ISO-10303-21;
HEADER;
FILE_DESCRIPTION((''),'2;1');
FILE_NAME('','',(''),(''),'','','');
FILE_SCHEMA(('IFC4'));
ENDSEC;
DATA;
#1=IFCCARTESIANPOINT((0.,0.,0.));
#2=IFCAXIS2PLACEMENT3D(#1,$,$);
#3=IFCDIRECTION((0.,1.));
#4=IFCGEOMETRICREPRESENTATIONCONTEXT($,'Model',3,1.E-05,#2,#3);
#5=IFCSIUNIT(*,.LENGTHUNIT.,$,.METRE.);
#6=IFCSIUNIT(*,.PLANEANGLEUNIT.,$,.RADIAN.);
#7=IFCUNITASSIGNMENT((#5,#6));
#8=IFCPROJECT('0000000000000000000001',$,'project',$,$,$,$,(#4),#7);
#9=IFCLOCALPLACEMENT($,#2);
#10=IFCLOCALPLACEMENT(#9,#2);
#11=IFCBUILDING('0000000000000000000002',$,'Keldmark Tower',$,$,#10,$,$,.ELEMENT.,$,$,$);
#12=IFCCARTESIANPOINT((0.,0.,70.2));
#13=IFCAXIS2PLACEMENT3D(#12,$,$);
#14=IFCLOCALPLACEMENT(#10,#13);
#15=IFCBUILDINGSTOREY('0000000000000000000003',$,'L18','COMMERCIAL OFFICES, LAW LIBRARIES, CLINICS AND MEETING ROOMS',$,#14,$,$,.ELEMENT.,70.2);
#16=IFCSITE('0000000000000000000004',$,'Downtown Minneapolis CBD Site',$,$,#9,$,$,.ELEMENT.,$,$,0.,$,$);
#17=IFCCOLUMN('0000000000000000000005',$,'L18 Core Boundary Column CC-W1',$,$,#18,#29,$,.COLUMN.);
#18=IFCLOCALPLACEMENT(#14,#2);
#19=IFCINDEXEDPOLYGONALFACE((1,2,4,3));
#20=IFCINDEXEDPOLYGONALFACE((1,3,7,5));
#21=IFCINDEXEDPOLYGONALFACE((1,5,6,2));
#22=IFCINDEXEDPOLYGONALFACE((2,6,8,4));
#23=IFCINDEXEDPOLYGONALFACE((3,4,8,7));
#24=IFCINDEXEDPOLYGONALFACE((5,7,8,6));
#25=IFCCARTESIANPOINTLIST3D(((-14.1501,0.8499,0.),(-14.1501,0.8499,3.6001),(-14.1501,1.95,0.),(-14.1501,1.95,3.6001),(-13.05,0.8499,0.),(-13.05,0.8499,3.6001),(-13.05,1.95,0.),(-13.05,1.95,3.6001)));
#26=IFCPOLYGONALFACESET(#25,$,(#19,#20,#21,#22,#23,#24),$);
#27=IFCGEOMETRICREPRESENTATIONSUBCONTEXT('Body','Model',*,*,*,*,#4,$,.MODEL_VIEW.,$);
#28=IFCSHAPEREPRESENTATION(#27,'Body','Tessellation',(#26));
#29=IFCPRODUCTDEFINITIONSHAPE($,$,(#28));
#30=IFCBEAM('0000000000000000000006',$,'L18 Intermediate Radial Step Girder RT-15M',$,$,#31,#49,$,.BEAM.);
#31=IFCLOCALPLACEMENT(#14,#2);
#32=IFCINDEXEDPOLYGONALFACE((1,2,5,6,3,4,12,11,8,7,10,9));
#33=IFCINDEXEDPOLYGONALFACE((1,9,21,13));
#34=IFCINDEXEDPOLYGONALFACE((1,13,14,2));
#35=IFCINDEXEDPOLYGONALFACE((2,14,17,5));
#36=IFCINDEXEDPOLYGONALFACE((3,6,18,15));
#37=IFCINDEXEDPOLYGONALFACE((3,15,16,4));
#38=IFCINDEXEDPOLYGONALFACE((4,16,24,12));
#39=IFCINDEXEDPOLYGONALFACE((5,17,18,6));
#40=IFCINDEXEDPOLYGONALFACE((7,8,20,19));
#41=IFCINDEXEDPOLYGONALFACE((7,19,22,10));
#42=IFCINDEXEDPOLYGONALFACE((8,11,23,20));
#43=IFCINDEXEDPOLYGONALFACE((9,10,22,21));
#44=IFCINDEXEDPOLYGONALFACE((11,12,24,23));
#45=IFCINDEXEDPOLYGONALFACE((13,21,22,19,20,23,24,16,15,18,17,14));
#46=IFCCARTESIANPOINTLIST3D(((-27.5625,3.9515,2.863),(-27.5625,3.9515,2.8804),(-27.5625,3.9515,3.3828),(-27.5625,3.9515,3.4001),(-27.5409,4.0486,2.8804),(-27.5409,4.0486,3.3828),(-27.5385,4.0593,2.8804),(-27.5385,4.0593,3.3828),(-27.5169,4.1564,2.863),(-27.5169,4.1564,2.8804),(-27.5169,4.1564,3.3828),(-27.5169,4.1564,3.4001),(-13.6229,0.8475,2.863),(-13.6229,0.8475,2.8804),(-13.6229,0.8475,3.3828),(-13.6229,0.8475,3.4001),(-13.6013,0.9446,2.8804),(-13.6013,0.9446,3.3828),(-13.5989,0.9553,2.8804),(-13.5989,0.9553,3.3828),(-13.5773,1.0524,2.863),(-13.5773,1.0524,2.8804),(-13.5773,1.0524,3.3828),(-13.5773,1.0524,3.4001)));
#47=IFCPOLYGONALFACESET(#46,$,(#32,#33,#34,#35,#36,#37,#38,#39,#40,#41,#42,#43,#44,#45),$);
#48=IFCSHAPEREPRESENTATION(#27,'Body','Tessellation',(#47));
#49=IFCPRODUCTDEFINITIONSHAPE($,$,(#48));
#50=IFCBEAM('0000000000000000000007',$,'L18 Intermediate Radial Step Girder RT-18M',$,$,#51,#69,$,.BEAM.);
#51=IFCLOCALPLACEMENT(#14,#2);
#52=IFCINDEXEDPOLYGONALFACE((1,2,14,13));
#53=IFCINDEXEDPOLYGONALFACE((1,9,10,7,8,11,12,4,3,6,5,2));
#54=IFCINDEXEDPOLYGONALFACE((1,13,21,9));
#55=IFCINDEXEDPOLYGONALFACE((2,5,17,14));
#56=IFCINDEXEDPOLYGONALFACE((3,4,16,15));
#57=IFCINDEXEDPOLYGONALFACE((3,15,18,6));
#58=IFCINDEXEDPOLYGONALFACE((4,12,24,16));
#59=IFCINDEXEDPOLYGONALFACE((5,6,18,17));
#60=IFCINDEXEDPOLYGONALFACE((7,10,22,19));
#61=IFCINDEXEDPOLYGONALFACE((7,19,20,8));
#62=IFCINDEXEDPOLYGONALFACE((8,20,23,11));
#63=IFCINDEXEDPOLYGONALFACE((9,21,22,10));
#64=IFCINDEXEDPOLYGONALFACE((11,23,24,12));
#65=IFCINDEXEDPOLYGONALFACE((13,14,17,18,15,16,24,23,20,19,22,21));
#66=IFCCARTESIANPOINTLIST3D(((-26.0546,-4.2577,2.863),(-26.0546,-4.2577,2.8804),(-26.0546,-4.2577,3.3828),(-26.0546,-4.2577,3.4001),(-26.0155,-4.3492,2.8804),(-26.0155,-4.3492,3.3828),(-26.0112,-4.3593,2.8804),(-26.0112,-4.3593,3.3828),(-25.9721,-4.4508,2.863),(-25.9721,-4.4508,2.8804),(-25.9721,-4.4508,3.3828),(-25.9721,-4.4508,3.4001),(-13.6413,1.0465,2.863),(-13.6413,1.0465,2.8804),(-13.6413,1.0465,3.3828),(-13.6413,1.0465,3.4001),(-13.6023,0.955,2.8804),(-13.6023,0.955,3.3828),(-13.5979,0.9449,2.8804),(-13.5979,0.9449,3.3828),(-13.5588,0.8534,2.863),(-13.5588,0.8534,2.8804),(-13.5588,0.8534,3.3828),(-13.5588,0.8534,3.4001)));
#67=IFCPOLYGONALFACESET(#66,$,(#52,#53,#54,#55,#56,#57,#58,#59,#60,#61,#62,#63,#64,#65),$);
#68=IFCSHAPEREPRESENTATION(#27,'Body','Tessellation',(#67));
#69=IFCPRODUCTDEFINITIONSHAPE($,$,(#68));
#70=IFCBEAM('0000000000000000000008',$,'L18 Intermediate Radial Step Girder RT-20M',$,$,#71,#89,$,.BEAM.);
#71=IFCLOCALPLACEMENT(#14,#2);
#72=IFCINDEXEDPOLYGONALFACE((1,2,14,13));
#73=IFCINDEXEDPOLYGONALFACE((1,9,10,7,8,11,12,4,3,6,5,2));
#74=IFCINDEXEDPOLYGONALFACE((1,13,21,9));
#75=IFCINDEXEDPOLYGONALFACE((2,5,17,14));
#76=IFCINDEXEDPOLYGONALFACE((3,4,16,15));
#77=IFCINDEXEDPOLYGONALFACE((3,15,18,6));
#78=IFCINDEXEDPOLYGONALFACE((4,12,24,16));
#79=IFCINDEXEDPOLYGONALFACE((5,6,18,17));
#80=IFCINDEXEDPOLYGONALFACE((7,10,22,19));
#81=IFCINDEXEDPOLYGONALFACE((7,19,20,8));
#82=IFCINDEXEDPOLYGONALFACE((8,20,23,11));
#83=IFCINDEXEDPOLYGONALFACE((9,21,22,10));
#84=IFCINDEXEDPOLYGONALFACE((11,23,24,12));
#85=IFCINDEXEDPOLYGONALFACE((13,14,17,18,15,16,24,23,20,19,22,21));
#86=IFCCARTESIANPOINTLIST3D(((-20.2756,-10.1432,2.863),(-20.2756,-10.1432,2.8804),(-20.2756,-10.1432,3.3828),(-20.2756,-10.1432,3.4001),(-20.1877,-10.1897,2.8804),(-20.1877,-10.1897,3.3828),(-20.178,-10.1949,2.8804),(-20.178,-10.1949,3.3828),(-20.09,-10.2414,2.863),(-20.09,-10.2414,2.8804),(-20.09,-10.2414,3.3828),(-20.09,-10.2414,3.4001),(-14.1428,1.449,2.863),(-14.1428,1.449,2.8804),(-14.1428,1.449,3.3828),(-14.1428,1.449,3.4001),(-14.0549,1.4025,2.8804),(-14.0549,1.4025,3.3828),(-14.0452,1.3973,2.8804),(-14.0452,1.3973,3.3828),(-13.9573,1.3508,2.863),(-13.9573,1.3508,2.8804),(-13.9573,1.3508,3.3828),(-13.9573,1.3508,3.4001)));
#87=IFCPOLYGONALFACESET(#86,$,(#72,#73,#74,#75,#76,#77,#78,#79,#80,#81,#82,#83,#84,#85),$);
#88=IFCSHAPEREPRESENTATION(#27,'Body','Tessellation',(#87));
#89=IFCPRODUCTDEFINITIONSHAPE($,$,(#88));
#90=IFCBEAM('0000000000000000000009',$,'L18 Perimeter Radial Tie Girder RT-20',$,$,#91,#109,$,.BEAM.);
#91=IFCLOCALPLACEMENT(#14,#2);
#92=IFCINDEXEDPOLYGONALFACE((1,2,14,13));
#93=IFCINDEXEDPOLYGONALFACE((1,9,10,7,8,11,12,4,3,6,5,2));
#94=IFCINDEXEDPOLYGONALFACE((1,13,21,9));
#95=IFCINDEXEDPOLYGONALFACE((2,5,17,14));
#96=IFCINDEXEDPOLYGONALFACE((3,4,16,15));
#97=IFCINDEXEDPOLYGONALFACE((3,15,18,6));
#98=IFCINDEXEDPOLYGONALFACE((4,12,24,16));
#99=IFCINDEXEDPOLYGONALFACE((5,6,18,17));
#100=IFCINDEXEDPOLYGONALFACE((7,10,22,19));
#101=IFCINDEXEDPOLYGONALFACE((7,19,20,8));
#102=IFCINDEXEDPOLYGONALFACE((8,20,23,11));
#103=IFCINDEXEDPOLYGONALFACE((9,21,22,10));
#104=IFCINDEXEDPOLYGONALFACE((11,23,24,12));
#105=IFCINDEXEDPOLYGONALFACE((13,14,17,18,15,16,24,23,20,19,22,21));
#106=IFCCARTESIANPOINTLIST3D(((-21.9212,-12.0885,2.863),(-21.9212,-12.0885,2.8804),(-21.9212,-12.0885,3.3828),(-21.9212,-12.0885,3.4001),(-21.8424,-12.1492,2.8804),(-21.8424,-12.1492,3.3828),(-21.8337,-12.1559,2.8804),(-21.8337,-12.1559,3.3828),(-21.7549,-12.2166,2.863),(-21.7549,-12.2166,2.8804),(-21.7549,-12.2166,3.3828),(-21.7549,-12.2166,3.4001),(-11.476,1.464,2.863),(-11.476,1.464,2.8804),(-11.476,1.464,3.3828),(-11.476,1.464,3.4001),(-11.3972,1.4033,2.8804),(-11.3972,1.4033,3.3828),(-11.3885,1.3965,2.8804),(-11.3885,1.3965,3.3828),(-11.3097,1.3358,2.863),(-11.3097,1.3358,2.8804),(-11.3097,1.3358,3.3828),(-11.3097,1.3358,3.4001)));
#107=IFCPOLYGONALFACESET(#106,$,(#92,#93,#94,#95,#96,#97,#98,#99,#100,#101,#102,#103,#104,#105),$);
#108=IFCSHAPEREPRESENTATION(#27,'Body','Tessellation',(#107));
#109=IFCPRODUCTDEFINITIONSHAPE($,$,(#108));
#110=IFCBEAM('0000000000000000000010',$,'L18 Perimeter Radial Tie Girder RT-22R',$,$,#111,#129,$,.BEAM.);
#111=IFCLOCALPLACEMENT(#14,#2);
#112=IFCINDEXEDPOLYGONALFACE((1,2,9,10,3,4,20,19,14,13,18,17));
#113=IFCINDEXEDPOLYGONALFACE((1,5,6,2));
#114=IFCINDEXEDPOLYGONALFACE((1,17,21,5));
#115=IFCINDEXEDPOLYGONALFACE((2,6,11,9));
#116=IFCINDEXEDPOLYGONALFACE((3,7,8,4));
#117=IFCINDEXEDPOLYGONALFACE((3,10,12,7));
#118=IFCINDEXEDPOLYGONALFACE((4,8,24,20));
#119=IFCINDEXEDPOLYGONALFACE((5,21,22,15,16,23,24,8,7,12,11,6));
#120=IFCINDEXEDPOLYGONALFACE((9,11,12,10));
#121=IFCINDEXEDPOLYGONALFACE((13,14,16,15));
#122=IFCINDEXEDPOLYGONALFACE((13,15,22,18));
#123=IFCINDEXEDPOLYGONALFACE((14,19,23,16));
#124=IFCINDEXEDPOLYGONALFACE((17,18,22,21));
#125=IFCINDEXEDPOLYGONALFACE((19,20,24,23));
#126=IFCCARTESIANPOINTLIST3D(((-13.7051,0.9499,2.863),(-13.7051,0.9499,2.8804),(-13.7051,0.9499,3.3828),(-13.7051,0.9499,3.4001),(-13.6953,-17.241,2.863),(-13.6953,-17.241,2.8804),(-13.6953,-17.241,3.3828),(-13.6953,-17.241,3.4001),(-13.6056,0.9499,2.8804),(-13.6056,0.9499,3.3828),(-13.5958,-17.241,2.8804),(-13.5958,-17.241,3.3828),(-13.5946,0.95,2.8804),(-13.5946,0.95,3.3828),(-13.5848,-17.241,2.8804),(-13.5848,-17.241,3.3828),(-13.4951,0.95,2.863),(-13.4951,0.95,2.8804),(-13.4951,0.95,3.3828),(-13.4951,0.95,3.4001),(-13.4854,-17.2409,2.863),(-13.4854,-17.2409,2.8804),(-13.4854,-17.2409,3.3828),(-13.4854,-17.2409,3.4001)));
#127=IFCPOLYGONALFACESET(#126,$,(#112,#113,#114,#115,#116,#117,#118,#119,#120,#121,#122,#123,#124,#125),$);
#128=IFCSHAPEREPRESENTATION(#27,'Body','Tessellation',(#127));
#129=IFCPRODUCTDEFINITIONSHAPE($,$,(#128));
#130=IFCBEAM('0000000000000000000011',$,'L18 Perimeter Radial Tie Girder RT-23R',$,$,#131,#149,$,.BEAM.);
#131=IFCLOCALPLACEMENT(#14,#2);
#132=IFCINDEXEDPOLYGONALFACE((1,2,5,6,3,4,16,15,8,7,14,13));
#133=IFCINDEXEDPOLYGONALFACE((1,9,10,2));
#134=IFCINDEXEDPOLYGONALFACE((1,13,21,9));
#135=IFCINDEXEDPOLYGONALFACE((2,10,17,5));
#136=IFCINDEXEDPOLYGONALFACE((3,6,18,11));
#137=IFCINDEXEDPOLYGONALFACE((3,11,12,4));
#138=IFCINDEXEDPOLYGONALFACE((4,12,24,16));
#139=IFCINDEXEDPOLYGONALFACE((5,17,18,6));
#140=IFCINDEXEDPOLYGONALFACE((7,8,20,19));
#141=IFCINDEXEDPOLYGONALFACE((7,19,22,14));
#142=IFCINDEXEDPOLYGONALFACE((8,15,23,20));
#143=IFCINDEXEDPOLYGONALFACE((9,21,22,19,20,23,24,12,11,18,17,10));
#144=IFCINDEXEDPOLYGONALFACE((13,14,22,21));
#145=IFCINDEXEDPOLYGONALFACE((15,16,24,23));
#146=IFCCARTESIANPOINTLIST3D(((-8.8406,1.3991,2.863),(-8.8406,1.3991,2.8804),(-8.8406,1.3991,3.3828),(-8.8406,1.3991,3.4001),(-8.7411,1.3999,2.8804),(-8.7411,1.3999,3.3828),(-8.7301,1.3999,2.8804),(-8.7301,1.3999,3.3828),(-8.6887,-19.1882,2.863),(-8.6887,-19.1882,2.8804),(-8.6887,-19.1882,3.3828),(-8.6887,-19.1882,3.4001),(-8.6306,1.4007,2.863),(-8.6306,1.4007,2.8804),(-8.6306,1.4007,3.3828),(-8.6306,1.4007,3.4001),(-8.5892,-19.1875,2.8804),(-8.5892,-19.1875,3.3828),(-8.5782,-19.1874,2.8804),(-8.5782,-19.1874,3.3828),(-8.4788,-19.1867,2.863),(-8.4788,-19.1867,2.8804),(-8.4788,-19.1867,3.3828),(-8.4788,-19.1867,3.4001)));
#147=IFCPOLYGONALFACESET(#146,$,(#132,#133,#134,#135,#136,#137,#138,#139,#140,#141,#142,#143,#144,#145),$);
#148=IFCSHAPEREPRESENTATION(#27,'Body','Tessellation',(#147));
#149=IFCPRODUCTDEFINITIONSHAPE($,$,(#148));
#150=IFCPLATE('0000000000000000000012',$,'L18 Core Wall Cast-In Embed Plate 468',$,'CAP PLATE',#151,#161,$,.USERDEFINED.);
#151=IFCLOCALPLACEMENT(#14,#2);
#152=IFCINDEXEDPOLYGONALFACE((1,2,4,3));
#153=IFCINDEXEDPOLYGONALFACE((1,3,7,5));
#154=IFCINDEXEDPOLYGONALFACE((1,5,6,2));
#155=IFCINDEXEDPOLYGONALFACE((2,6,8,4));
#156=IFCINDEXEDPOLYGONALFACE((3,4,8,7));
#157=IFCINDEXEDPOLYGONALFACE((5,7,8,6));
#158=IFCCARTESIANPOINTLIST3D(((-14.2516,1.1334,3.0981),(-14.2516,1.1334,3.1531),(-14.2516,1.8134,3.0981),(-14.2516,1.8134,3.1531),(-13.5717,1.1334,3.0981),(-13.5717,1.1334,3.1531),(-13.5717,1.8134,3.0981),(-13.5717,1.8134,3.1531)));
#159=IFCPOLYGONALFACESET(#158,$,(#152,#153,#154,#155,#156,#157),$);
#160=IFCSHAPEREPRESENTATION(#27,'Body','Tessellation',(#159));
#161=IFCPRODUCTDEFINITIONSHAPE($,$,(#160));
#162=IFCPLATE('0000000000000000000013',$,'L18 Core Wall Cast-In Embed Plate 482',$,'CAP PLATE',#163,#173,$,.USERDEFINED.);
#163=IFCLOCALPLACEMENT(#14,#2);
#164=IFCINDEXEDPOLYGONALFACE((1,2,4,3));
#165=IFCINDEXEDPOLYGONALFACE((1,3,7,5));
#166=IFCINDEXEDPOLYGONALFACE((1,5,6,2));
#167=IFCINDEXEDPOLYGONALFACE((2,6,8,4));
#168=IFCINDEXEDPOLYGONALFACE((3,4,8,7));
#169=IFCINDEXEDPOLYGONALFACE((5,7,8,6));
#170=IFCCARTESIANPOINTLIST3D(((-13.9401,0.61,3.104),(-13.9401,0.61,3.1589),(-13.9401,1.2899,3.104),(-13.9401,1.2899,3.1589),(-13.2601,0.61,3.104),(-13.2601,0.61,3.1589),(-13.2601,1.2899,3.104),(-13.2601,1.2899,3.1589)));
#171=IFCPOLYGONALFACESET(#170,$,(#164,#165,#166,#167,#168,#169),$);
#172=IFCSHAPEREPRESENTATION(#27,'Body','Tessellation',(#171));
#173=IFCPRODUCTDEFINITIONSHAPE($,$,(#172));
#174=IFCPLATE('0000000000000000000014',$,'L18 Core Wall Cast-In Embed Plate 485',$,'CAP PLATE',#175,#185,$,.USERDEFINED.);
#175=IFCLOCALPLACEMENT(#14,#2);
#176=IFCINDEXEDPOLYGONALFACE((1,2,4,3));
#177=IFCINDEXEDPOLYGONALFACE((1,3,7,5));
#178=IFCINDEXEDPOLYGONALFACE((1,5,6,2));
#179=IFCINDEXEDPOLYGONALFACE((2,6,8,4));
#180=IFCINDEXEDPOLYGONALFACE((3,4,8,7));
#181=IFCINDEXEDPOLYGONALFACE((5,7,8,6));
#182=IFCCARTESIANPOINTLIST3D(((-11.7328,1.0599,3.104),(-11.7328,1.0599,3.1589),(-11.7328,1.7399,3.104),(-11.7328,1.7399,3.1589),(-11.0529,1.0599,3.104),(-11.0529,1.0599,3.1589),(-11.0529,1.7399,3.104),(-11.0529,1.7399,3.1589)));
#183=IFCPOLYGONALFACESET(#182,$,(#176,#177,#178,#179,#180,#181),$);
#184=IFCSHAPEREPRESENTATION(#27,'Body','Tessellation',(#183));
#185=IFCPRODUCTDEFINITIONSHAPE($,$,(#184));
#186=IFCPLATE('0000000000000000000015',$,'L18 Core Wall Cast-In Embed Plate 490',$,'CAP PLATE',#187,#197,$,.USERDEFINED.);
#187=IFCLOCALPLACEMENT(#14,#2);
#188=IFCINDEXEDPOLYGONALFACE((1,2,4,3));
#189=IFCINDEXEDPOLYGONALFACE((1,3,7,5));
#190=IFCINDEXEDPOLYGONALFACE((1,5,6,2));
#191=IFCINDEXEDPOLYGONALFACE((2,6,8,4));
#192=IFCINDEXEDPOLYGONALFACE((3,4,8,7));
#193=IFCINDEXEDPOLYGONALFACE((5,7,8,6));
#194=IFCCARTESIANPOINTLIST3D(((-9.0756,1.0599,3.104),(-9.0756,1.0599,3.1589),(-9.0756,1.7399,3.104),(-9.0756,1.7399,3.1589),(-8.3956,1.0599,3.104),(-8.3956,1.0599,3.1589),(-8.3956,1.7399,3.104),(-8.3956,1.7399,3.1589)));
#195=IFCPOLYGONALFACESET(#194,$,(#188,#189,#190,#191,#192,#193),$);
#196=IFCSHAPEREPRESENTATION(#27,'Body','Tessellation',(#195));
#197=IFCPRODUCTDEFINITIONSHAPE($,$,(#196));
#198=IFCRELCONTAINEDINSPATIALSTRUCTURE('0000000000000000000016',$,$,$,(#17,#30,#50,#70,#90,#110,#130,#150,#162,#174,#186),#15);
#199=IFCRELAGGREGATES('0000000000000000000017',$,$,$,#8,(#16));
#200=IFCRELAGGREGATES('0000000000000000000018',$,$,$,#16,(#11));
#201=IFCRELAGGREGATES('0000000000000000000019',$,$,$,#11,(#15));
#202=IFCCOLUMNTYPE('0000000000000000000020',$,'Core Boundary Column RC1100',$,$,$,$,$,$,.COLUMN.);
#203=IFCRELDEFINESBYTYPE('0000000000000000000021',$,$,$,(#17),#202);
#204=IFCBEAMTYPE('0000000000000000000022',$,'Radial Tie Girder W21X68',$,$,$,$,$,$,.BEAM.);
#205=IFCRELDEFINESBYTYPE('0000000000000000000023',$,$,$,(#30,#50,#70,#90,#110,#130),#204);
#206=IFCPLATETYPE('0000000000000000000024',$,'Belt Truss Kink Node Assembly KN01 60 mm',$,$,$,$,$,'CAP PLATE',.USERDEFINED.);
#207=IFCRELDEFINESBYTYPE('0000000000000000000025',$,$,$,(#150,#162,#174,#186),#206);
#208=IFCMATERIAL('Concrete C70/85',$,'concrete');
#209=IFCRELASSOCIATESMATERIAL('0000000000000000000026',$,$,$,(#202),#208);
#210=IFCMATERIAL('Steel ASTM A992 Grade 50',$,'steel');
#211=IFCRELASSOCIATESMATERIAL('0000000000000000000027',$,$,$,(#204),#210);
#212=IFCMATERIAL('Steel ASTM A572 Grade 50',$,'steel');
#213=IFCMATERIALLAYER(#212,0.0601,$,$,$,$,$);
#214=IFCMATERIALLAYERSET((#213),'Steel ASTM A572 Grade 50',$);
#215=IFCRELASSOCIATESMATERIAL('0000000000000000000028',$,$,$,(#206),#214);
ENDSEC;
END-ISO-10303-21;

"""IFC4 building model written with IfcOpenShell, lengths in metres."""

from ifc_helpers import new_model, si_unit, direction, frame, origin, origin_2d, place, context, subcontext, project, spatial, rectangle, i_section, extrude, material, layer, layer_set, material_profile, profile_set, type_object, element, save


model = new_model("IFC4")

# Units and contexts
model_context = context("Model", 3, precision=1e-05, world=origin(), true_north=direction((0.0, 1.0)))
body_context = subcontext(model_context, "Body", "Model", "MODEL_VIEW")
ifc_project = project(units=[si_unit("LENGTHUNIT", "METRE"), si_unit("PLANEANGLEUNIT", "RADIAN")], contexts=[model_context])

# Site, building, storey
site_placement = place(None, origin())
site = spatial("IfcSite", under=ifc_project, at=site_placement, Name="Downtown Minneapolis CBD Site", CompositionType="ELEMENT", RefElevation=0.0)
building_placement = place(site_placement, origin())
building = spatial("IfcBuilding", under=site, at=building_placement, Name="Keldmark Tower", CompositionType="ELEMENT")
storey_placement = place(building_placement, frame((0.0, 0.0, 70.2)))
storey = spatial("IfcBuildingStorey", under=building, at=storey_placement, Name="L18", Description="COMMERCIAL OFFICES, LAW LIBRARIES, CLINICS AND MEETING ROOMS", CompositionType="ELEMENT", Elevation=70.2)

# Column
ifc_material_1 = material(Name="Concrete C70/85", Category="concrete")
ifc_material_profile_1 = material_profile(ifc_material_1, rectangle(XDim=1.1001, YDim=1.1001, at=origin_2d()), Name="RC1100X1100")
ifc_profile_set_1 = profile_set([ifc_material_profile_1], Name="Concrete C70/85")
column_type = type_object("IfcColumnType", Name="Core Boundary Column RC1100", PredefinedType="COLUMN", material=ifc_profile_set_1)
column_placement = place(storey_placement, frame((-13.6001, 1.3999, 0.0), z_axis=(0.0, 0.0, 1.0), x_axis=(1.0, 0.0, 0.0)))
element("IfcColumn", 1, at=column_placement, inside=storey, type_object=column_type, Name="L18 Core Boundary Column CC-W1", PredefinedType="COLUMN", context=body_context, shape_type="SweptSolid", body=[
    extrude(rectangle(XDim=1.1001, YDim=1.1001, at=origin_2d()), origin(), (0.0, 0.0, 1.0), 3.6001),
])

# Beams
ifc_material_2 = material(Name="Steel ASTM A992 Grade 50", Category="steel")
ifc_material_profile_2 = material_profile(ifc_material_2, i_section(OverallWidth=0.21, OverallDepth=0.5371, WebThickness=0.011, FlangeThickness=0.0173, at=origin_2d()), Name="W21X68")
ifc_profile_set_2 = profile_set([ifc_material_profile_2], Name="Steel ASTM A992 Grade 50")
beam_type = type_object("IfcBeamType", Name="Radial Tie Girder W21X68", PredefinedType="BEAM", material=ifc_profile_set_2)
beam_1_placement = place(storey_placement, frame((-13.6001, 0.95, 3.1316), z_axis=(-0.976094, 0.21735, 0.0), x_axis=(-0.21735, -0.976094, 0.0)))
element("IfcBeam", 2, at=beam_1_placement, inside=storey, type_object=beam_type, Name="L18 Intermediate Radial Step Girder RT-15M", PredefinedType="BEAM", context=body_context, shape_type="SweptSolid", body=[
    extrude(i_section(OverallWidth=0.21, OverallDepth=0.5371, WebThickness=0.011, FlangeThickness=0.0173, at=origin_2d()), origin(), (0.0, 0.0, 1.0), 14.281),
])
beam_2_placement = place(storey_placement, frame((-13.6001, 0.95, 3.1316), z_axis=(-0.919568, -0.39293, 0.0), x_axis=(0.39293, -0.919568, 0.0)))
element("IfcBeam", 3, at=beam_2_placement, inside=storey, type_object=beam_type, Name="L18 Intermediate Radial Step Girder RT-18M", PredefinedType="BEAM", context=body_context, shape_type="SweptSolid", body=[
    extrude(i_section(OverallWidth=0.21, OverallDepth=0.5371, WebThickness=0.011, FlangeThickness=0.0173, at=origin_2d()), origin(), (0.0, 0.0, 1.0), 13.499),
])
beam_3_placement = place(storey_placement, frame((-14.05, 1.3999, 3.1316), z_axis=(-0.467633, -0.883923, 0.0), x_axis=(0.883923, -0.467633, 0.0)))
element("IfcBeam", 4, at=beam_3_placement, inside=storey, type_object=beam_type, Name="L18 Intermediate Radial Step Girder RT-20M", PredefinedType="BEAM", context=body_context, shape_type="SweptSolid", body=[
    extrude(i_section(OverallWidth=0.21, OverallDepth=0.5371, WebThickness=0.011, FlangeThickness=0.0173, at=origin_2d()), origin(), (0.0, 0.0, 1.0), 13.1145),
])
beam_4_placement = place(storey_placement, frame((-11.3928, 1.3999, 3.1316), z_axis=(-0.610457, -0.79205, 0.0), x_axis=(0.79205, -0.610457, 0.0)))
element("IfcBeam", 5, at=beam_4_placement, inside=storey, type_object=beam_type, Name="L18 Perimeter Radial Tie Girder RT-20", PredefinedType="BEAM", context=body_context, shape_type="SweptSolid", body=[
    extrude(i_section(OverallWidth=0.21, OverallDepth=0.5371, WebThickness=0.011, FlangeThickness=0.0173, at=origin_2d()), origin(), (0.0, 0.0, 1.0), 17.1106),
])
beam_5_placement = place(storey_placement, frame((-13.6001, 0.95, 3.1316), z_axis=(0.000537, -1.0, 0.0), x_axis=(1.0, 0.000537, 0.0)))
element("IfcBeam", 6, at=beam_5_placement, inside=storey, type_object=beam_type, Name="L18 Perimeter Radial Tie Girder RT-22R", PredefinedType="BEAM", context=body_context, shape_type="SweptSolid", body=[
    extrude(i_section(OverallWidth=0.21, OverallDepth=0.5371, WebThickness=0.011, FlangeThickness=0.0173, at=origin_2d()), origin(), (0.0, 0.0, 1.0), 18.1909),
])
beam_6_placement = place(storey_placement, frame((-8.7356, 1.3999, 3.1316), z_axis=(0.007376, -0.999973, 0.0), x_axis=(0.999973, 0.007376, 0.0)))
element("IfcBeam", 7, at=beam_6_placement, inside=storey, type_object=beam_type, Name="L18 Perimeter Radial Tie Girder RT-23R", PredefinedType="BEAM", context=body_context, shape_type="SweptSolid", body=[
    extrude(i_section(OverallWidth=0.21, OverallDepth=0.5371, WebThickness=0.011, FlangeThickness=0.0173, at=origin_2d()), origin(), (0.0, 0.0, 1.0), 20.5879),
])

# Plates
ifc_material_3 = material(Name="Steel ASTM A572 Grade 50", Category="steel")
ifc_layer_1 = layer(ifc_material_3, 0.0601)
ifc_layer_set_1 = layer_set([ifc_layer_1], Name="Steel ASTM A572 Grade 50")
plate_type = type_object("IfcPlateType", Name="Belt Truss Kink Node Assembly KN01 60 mm", ElementType="CAP PLATE", PredefinedType="USERDEFINED", material=ifc_layer_set_1)
for number, where, z_axis, x_axis, name in (
    (8, (-13.9116, 1.4734, 3.0981), (0.0, 0.0, 1.0), (1.0, 0.0, 0.0), "L18 Core Wall Cast-In Embed Plate 468"),
    (9, (-13.6001, 0.95, 3.104), (0.0, 0.0, 1.0), (1.0, 0.0, 0.0), "L18 Core Wall Cast-In Embed Plate 482"),
    (10, (-11.3928, 1.3999, 3.104), (0.0, 0.0, 1.0), (1.0, 0.0, 0.0), "L18 Core Wall Cast-In Embed Plate 485"),
    (11, (-8.7356, 1.3999, 3.104), (0.0, 0.0, 1.0), (1.0, 0.0, 0.0), "L18 Core Wall Cast-In Embed Plate 490"),
):
    element("IfcPlate", number, at=place(storey_placement, frame(where, z_axis=z_axis, x_axis=x_axis)), inside=storey, type_object=plate_type, Name=name, ObjectType="CAP PLATE", PredefinedType="USERDEFINED", context=body_context, shape_type="SweptSolid", body=[
        extrude(rectangle(XDim=0.6799, YDim=0.6799, at=origin_2d()), origin(), (0.0, 0.0, 1.0), 0.0549),
    ])

save(model, "model.ifc")
